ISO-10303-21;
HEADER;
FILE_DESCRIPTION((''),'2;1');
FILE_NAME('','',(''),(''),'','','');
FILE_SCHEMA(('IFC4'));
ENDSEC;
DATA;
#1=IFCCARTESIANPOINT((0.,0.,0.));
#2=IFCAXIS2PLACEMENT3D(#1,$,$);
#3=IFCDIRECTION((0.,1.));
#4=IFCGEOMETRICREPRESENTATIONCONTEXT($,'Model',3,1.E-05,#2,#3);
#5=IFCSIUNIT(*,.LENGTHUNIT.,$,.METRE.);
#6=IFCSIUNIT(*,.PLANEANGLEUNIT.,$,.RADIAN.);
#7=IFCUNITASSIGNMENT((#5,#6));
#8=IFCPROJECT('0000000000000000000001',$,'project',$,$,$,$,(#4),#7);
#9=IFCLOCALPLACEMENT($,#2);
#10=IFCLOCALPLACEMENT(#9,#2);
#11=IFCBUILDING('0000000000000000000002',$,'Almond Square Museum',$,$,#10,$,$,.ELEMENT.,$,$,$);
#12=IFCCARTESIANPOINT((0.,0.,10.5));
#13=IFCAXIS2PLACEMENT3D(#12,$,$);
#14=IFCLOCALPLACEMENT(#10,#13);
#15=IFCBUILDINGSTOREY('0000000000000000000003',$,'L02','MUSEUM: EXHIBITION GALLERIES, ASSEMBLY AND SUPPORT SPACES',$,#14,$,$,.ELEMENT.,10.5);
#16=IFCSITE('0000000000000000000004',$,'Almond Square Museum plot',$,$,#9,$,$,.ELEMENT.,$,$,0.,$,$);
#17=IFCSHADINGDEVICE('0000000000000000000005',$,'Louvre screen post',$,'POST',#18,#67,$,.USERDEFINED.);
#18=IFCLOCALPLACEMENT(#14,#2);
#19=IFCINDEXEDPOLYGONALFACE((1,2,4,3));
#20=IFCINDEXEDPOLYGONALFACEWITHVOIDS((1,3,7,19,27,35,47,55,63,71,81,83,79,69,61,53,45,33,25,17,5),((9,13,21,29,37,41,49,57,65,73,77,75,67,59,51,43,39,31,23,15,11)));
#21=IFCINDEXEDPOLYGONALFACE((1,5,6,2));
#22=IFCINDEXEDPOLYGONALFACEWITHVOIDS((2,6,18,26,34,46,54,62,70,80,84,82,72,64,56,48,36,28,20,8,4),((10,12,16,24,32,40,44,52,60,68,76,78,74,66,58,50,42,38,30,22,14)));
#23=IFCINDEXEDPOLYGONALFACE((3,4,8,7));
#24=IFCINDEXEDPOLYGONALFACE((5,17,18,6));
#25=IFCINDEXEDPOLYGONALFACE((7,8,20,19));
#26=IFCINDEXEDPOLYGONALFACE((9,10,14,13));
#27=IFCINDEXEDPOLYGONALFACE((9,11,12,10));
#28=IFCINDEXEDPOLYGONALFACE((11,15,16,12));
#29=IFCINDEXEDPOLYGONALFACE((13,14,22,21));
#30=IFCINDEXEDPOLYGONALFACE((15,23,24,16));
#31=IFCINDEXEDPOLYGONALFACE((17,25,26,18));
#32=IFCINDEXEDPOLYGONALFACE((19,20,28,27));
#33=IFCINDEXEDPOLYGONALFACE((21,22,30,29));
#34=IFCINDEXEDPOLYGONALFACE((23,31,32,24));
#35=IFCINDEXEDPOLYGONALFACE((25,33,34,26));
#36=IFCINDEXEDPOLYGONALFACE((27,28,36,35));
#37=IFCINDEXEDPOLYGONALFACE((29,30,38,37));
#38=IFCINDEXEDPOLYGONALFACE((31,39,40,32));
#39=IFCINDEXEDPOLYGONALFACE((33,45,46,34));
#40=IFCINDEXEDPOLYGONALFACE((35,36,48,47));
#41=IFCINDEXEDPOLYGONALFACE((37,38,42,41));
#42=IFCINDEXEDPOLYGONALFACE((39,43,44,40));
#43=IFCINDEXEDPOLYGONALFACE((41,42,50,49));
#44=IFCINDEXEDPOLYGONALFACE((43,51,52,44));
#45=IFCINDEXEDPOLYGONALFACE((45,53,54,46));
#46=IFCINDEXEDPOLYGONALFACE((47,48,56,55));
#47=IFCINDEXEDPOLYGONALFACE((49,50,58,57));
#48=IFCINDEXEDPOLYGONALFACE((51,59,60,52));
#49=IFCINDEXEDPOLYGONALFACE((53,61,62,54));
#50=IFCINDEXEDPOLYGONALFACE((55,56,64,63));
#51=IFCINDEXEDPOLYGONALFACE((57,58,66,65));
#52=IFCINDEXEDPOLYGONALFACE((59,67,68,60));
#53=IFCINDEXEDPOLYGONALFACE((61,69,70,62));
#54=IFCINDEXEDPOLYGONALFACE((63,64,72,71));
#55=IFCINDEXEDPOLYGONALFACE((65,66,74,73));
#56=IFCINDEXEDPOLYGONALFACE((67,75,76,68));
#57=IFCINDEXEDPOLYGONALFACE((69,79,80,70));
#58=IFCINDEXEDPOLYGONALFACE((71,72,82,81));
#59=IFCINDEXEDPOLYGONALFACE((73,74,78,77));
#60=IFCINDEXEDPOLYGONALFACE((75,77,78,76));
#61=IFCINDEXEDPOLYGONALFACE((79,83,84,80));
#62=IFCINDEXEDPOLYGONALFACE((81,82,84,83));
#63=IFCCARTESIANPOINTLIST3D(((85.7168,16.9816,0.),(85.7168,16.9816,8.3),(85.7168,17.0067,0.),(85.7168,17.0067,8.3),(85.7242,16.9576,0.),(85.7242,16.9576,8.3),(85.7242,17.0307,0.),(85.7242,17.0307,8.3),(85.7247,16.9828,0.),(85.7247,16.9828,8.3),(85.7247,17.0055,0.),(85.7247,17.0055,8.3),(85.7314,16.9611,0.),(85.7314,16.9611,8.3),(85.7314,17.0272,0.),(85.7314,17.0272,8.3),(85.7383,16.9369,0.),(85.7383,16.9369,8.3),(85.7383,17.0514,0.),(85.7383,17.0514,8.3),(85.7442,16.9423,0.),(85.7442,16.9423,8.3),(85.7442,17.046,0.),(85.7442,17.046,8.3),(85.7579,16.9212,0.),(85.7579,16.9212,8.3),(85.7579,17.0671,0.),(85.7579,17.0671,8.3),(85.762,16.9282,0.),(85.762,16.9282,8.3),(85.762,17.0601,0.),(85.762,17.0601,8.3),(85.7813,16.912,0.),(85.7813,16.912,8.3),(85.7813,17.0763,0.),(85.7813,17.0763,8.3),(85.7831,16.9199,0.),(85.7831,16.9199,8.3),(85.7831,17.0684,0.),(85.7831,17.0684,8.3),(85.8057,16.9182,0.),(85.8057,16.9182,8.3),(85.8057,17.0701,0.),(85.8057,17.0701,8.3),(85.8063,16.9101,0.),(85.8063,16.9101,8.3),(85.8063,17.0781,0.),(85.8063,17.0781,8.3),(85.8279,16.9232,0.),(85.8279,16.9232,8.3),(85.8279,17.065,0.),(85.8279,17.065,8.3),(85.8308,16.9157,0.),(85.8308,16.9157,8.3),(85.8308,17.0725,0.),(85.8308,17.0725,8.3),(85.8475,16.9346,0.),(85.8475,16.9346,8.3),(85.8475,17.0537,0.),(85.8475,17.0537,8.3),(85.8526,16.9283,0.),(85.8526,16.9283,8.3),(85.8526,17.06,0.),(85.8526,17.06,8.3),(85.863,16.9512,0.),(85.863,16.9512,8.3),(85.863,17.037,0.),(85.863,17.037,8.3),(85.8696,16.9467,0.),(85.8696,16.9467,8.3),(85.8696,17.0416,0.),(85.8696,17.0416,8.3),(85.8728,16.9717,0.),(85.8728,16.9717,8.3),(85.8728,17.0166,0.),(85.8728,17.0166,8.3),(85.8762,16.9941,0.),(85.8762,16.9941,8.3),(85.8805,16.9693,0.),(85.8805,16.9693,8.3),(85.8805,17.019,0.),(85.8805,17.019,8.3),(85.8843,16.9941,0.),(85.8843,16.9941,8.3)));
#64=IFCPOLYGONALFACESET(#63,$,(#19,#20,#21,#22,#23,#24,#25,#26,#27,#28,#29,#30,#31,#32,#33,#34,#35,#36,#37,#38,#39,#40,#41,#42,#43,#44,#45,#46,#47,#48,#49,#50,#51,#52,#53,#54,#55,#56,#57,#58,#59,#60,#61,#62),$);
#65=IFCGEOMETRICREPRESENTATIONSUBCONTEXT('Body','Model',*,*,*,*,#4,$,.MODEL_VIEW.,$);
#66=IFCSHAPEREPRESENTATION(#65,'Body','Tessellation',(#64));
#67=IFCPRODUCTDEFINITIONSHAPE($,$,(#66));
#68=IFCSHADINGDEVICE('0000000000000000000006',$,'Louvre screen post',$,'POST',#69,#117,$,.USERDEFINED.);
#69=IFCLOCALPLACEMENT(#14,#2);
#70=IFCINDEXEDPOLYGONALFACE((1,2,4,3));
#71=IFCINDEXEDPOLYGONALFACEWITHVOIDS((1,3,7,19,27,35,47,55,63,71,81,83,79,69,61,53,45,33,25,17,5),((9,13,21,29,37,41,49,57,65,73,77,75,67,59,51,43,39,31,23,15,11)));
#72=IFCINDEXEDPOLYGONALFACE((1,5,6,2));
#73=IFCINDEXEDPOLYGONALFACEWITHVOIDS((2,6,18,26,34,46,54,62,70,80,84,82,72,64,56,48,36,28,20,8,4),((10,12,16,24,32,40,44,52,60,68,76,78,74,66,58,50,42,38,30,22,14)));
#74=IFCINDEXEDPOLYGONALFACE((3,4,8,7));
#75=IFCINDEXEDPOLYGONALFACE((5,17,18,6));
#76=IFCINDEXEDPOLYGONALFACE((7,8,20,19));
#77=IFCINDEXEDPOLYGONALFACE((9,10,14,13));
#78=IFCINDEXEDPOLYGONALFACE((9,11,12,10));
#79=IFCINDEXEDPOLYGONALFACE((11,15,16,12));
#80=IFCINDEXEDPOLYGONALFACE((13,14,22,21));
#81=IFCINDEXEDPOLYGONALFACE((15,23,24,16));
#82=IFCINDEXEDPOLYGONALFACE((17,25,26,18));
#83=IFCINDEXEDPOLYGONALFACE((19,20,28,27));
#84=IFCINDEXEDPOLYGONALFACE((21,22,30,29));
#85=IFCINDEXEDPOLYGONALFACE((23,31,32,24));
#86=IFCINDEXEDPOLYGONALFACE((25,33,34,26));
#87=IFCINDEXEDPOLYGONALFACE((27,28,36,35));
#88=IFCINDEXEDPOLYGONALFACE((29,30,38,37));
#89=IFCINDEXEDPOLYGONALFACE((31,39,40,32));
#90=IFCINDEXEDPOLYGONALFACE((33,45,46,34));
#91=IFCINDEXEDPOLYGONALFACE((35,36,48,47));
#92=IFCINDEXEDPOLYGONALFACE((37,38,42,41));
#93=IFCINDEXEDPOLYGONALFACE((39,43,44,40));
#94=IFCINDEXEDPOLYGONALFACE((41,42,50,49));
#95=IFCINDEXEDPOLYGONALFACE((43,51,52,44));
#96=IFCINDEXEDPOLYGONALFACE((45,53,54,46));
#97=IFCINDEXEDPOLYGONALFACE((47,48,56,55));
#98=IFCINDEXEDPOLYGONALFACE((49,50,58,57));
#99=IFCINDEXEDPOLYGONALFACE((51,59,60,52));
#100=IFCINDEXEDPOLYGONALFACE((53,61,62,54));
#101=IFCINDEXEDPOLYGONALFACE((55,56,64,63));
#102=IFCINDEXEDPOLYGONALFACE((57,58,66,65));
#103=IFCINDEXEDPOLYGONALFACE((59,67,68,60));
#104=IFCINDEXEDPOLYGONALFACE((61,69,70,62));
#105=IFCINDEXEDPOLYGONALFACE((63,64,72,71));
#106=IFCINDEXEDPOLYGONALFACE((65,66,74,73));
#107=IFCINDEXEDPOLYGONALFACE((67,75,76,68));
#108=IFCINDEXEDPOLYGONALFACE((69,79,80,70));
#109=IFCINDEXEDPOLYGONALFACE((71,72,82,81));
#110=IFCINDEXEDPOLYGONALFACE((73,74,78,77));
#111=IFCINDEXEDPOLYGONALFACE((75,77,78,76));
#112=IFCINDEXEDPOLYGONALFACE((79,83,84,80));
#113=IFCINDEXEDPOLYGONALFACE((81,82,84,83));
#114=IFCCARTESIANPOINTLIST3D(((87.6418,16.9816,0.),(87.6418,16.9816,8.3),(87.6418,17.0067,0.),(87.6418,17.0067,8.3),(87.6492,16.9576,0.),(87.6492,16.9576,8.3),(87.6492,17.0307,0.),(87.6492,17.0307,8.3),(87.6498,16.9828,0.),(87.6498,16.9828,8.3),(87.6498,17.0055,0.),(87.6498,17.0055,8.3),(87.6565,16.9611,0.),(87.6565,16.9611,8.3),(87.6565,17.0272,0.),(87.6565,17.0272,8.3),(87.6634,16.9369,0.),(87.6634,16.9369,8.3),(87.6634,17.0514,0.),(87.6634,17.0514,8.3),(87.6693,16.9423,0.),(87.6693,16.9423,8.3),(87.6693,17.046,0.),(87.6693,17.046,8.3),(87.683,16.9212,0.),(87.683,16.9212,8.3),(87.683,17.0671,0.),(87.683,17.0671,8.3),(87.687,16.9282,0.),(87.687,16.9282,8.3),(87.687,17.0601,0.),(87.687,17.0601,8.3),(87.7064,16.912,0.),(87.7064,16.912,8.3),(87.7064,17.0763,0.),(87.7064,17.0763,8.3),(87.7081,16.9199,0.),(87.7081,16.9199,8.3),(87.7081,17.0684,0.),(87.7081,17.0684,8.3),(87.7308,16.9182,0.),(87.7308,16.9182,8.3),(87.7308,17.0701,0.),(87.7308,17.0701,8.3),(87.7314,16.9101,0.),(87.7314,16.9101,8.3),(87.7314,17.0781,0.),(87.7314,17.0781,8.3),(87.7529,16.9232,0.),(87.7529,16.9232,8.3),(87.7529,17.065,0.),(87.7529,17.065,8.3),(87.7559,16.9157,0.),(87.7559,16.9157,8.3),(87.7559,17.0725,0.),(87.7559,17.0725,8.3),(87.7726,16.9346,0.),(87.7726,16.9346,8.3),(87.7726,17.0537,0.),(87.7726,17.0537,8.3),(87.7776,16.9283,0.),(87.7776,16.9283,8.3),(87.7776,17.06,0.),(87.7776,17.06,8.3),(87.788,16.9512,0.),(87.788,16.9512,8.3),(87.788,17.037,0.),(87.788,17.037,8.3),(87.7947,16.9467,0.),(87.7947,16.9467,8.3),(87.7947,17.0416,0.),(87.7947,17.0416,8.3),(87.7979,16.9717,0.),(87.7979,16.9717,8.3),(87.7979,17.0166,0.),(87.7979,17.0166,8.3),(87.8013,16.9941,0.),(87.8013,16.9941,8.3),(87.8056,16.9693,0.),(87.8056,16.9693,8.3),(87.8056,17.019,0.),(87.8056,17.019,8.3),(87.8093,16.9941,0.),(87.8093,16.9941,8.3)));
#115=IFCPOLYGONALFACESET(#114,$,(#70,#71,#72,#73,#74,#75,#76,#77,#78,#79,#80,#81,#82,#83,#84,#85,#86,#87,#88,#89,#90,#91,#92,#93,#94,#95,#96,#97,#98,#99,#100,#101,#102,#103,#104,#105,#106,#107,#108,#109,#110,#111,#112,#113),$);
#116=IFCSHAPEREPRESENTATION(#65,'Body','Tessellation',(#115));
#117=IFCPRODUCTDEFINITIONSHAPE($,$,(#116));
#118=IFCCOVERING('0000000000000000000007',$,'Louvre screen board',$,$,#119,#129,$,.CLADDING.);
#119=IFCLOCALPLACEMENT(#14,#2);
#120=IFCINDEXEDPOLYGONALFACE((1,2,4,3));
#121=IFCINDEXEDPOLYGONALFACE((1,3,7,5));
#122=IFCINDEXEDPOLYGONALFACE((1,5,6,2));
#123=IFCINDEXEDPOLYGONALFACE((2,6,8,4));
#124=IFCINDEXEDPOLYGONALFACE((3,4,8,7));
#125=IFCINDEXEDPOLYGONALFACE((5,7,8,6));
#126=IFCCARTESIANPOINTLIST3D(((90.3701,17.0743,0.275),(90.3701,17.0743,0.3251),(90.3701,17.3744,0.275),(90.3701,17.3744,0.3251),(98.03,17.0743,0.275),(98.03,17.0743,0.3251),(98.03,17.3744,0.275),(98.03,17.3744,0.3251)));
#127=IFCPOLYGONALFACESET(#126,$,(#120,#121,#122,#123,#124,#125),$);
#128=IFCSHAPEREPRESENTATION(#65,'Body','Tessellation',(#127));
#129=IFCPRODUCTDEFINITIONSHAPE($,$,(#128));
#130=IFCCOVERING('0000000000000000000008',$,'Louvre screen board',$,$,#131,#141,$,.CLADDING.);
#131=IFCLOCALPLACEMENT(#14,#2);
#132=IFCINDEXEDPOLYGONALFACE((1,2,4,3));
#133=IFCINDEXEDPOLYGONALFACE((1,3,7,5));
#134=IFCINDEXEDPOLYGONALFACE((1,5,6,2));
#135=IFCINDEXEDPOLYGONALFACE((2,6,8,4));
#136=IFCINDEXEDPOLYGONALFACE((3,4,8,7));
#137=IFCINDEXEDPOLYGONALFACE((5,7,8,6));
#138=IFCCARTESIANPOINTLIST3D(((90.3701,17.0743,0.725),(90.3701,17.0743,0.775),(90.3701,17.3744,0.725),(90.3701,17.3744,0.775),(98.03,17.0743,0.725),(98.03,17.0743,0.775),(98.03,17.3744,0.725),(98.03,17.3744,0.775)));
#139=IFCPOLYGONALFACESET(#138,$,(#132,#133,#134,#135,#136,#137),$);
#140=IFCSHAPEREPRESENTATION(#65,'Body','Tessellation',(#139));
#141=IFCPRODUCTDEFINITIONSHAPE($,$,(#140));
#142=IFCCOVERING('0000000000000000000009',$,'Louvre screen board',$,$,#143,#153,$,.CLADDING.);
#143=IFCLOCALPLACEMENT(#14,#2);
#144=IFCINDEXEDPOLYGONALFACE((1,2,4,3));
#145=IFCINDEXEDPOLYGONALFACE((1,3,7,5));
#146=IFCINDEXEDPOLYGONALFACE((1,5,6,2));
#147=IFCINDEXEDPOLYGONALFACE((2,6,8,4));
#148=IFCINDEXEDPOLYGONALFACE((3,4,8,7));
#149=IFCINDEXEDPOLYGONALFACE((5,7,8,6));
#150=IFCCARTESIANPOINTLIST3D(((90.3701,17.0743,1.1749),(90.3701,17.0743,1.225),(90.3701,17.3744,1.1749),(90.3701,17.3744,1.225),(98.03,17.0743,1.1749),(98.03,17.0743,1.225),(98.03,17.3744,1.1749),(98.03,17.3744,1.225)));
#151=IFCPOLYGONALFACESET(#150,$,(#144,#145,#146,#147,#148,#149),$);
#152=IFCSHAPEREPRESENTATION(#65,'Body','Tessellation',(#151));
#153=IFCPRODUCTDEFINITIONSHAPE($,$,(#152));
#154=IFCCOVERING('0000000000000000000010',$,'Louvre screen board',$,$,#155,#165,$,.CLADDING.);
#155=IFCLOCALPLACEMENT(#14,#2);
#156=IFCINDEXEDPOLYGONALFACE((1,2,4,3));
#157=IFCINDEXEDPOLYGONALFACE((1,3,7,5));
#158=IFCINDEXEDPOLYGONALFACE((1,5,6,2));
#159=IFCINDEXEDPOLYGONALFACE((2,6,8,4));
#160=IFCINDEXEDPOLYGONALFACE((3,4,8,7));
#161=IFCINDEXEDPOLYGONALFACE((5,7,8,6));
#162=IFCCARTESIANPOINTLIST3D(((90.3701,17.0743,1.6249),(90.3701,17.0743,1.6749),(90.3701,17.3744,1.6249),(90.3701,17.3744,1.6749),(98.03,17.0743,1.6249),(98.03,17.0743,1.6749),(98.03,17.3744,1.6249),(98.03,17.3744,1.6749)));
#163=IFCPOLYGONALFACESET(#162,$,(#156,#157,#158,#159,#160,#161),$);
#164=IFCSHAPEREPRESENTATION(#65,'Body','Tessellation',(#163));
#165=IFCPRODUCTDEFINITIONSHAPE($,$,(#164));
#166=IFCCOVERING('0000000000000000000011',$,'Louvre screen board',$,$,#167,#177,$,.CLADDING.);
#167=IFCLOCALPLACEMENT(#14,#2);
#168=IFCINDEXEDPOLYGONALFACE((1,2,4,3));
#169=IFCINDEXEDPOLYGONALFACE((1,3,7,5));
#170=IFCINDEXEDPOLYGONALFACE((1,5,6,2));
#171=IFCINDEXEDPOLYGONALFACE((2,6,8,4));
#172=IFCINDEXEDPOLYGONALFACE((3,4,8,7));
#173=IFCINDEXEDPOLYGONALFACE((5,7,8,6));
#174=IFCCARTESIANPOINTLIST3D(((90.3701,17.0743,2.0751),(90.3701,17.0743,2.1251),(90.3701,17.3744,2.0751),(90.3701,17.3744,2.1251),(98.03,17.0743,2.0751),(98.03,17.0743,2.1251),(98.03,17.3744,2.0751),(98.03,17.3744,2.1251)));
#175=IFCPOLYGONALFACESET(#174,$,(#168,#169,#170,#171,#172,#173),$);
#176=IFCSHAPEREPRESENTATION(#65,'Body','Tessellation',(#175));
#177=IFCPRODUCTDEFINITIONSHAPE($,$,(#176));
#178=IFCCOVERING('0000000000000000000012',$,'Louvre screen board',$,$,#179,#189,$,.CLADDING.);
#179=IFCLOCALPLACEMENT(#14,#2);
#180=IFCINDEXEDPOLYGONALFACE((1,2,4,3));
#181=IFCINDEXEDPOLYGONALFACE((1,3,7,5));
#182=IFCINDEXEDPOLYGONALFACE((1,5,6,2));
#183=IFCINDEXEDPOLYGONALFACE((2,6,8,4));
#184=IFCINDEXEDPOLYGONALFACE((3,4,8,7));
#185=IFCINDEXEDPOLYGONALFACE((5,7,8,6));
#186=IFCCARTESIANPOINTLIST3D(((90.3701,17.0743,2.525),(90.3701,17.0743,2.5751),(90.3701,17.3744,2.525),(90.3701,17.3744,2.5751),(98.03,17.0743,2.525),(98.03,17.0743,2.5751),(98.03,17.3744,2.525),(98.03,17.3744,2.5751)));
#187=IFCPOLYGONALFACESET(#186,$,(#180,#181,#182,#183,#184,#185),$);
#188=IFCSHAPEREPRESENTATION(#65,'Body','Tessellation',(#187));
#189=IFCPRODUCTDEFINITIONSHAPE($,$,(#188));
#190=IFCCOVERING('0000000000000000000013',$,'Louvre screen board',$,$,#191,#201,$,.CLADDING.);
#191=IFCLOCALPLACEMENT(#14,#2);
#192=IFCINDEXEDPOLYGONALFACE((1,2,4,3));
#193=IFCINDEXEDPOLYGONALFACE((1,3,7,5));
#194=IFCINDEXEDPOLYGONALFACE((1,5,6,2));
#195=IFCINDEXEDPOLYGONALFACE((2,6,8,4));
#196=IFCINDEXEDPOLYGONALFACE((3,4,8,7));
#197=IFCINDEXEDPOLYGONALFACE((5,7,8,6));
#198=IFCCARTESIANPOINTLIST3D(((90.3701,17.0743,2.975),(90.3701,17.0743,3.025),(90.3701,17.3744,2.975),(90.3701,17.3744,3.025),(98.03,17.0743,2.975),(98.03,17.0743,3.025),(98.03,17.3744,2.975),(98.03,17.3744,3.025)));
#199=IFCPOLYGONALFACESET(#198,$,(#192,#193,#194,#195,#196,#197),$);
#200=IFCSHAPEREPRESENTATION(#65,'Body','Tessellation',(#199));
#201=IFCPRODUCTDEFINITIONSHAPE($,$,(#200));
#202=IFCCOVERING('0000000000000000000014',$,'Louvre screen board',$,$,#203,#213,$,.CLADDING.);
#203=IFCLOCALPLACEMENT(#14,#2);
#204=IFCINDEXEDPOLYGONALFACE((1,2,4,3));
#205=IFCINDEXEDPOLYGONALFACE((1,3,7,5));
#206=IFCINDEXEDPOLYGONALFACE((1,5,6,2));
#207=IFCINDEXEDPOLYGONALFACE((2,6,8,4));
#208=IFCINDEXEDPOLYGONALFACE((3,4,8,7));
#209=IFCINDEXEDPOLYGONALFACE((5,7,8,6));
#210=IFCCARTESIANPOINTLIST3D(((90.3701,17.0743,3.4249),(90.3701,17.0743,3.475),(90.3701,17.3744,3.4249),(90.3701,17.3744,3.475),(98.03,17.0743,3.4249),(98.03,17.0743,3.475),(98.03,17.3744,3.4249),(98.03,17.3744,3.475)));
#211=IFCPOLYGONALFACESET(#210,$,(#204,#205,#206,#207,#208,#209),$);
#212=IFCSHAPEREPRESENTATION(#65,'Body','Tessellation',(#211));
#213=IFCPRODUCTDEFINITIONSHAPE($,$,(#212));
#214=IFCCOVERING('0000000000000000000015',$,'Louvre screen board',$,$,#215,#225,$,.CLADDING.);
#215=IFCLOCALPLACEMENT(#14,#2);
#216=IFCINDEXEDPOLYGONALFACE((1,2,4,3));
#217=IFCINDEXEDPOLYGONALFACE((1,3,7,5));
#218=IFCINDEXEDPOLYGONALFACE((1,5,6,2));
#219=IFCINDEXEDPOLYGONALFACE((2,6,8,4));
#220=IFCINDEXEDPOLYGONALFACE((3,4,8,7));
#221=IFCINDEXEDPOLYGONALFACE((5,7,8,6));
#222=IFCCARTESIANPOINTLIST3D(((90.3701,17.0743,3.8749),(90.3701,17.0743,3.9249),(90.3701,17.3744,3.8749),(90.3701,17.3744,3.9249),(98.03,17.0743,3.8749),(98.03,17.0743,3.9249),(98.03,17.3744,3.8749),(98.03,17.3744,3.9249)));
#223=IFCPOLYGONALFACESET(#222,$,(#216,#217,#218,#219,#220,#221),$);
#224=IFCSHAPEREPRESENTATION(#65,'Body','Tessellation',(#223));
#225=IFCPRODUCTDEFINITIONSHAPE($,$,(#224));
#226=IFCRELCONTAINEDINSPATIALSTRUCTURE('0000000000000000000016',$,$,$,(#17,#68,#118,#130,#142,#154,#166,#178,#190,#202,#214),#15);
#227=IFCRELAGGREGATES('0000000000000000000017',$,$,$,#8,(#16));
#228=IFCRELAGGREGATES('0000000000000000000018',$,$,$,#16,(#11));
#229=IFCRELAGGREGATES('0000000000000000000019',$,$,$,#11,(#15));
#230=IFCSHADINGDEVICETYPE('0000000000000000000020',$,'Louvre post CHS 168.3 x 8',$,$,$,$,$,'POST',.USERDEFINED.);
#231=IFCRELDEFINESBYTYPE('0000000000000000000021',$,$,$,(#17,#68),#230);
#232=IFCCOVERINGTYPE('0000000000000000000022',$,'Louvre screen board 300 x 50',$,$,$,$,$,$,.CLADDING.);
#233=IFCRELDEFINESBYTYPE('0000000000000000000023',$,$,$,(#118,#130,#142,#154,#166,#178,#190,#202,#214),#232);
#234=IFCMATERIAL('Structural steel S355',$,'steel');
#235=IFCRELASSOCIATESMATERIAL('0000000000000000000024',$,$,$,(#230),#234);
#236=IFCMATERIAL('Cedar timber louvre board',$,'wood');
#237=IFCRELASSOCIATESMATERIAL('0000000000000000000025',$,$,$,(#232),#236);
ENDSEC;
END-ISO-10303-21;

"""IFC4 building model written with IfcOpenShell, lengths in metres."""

from ifc_helpers import new_model, si_unit, direction, frame, origin, origin_2d, place, context, subcontext, project, spatial, rectangle, hollow_circle, extrude, material, material_profile, profile_set, type_object, element, save


model = new_model("IFC4")

# Units and contexts
model_context = context("Model", 3, precision=1e-05, world=origin(), true_north=direction((0.0, 1.0)))
body_context = subcontext(model_context, "Body", "Model", "MODEL_VIEW")
ifc_project = project(units=[si_unit("LENGTHUNIT", "METRE"), si_unit("PLANEANGLEUNIT", "RADIAN")], contexts=[model_context])

# Site, building, storey
site_placement = place(None, origin())
site = spatial("IfcSite", under=ifc_project, at=site_placement, Name="Almond Square Museum plot", CompositionType="ELEMENT", RefElevation=0.0)
building_placement = place(site_placement, origin())
building = spatial("IfcBuilding", under=site, at=building_placement, Name="Almond Square Museum", CompositionType="ELEMENT")
storey_placement = place(building_placement, frame((0.0, 0.0, 10.5)))
storey = spatial("IfcBuildingStorey", under=building, at=storey_placement, Name="L02", Description="MUSEUM: EXHIBITION GALLERIES, ASSEMBLY AND SUPPORT SPACES", CompositionType="ELEMENT", Elevation=10.5)

# Shading devices
ifc_material_1 = material(Name="Structural steel S355", Category="steel")
ifc_material_profile_1 = material_profile(ifc_material_1, hollow_circle(Radius=0.0842, WallThickness=0.0081, at=origin_2d()))
ifc_profile_set_1 = profile_set([ifc_material_profile_1], Name="Structural steel S355")
shading_device_type = type_object("IfcShadingDeviceType", Name="Louvre post CHS 168.3 x 8", ElementType="POST", PredefinedType="USERDEFINED", material=ifc_profile_set_1)
for number, where, z_axis, x_axis, name in (
    (1, (85.8, 16.9941, 0.0), (0.0, 0.0, 1.0), (1.0, 0.0, 0.0), "Louvre screen post"),
    (2, (87.7251, 16.9941, 0.0), (0.0, 0.0, 1.0), (1.0, 0.0, 0.0), "Louvre screen post"),
):
    element("IfcShadingDevice", number, at=place(storey_placement, frame(where, z_axis=z_axis, x_axis=x_axis)), inside=storey, type_object=shading_device_type, Name=name, ObjectType="POST", PredefinedType="USERDEFINED", context=body_context, shape_type="SweptSolid", body=[
        extrude(hollow_circle(Radius=0.0842, WallThickness=0.0081, at=origin_2d()), origin(), (0.0, 0.0, 1.0), 8.3),
    ])

# Coverings
ifc_material_2 = material(Name="Cedar timber louvre board", Category="wood")
ifc_material_profile_2 = material_profile(ifc_material_2, rectangle(XDim=0.3, YDim=0.05, at=origin_2d()))
ifc_profile_set_2 = profile_set([ifc_material_profile_2], Name="Cedar timber louvre board")
covering_type = type_object("IfcCoveringType", Name="Louvre screen board 300 x 50", PredefinedType="CLADDING", material=ifc_profile_set_2)
for number, where, z_axis, x_axis, name in (
    (3, (90.3701, 17.2244, 0.3), (1.0, 0.0, 0.0), (0.0, 1.0, 0.0), "Louvre screen board"),
    (4, (90.3701, 17.2244, 0.75), (1.0, 0.0, 0.0), (0.0, 1.0, 0.0), "Louvre screen board"),
    (5, (90.3701, 17.2244, 1.2), (1.0, 0.0, 0.0), (0.0, 1.0, 0.0), "Louvre screen board"),
    (6, (90.3701, 17.2244, 1.6499), (1.0, 0.0, 0.0), (0.0, 1.0, 0.0), "Louvre screen board"),
    (7, (90.3701, 17.2244, 2.1001), (1.0, 0.0, 0.0), (0.0, 1.0, 0.0), "Louvre screen board"),
    (8, (90.3701, 17.2244, 2.55), (1.0, 0.0, 0.0), (0.0, 1.0, 0.0), "Louvre screen board"),
    (9, (90.3701, 17.2244, 3.0), (1.0, 0.0, 0.0), (0.0, 1.0, 0.0), "Louvre screen board"),
    (10, (90.3701, 17.2244, 3.45), (1.0, 0.0, 0.0), (0.0, 1.0, 0.0), "Louvre screen board"),
    (11, (90.3701, 17.2244, 3.8999), (1.0, 0.0, 0.0), (0.0, 1.0, 0.0), "Louvre screen board"),
):
    element("IfcCovering", number, at=place(storey_placement, frame(where, z_axis=z_axis, x_axis=x_axis)), inside=storey, type_object=covering_type, Name=name, PredefinedType="CLADDING", context=body_context, shape_type="SweptSolid", body=[
        extrude(rectangle(XDim=0.3, YDim=0.05, at=origin_2d()), origin(), (0.0, 0.0, 1.0), 7.6599),
    ])

save(model, "model.ifc")
